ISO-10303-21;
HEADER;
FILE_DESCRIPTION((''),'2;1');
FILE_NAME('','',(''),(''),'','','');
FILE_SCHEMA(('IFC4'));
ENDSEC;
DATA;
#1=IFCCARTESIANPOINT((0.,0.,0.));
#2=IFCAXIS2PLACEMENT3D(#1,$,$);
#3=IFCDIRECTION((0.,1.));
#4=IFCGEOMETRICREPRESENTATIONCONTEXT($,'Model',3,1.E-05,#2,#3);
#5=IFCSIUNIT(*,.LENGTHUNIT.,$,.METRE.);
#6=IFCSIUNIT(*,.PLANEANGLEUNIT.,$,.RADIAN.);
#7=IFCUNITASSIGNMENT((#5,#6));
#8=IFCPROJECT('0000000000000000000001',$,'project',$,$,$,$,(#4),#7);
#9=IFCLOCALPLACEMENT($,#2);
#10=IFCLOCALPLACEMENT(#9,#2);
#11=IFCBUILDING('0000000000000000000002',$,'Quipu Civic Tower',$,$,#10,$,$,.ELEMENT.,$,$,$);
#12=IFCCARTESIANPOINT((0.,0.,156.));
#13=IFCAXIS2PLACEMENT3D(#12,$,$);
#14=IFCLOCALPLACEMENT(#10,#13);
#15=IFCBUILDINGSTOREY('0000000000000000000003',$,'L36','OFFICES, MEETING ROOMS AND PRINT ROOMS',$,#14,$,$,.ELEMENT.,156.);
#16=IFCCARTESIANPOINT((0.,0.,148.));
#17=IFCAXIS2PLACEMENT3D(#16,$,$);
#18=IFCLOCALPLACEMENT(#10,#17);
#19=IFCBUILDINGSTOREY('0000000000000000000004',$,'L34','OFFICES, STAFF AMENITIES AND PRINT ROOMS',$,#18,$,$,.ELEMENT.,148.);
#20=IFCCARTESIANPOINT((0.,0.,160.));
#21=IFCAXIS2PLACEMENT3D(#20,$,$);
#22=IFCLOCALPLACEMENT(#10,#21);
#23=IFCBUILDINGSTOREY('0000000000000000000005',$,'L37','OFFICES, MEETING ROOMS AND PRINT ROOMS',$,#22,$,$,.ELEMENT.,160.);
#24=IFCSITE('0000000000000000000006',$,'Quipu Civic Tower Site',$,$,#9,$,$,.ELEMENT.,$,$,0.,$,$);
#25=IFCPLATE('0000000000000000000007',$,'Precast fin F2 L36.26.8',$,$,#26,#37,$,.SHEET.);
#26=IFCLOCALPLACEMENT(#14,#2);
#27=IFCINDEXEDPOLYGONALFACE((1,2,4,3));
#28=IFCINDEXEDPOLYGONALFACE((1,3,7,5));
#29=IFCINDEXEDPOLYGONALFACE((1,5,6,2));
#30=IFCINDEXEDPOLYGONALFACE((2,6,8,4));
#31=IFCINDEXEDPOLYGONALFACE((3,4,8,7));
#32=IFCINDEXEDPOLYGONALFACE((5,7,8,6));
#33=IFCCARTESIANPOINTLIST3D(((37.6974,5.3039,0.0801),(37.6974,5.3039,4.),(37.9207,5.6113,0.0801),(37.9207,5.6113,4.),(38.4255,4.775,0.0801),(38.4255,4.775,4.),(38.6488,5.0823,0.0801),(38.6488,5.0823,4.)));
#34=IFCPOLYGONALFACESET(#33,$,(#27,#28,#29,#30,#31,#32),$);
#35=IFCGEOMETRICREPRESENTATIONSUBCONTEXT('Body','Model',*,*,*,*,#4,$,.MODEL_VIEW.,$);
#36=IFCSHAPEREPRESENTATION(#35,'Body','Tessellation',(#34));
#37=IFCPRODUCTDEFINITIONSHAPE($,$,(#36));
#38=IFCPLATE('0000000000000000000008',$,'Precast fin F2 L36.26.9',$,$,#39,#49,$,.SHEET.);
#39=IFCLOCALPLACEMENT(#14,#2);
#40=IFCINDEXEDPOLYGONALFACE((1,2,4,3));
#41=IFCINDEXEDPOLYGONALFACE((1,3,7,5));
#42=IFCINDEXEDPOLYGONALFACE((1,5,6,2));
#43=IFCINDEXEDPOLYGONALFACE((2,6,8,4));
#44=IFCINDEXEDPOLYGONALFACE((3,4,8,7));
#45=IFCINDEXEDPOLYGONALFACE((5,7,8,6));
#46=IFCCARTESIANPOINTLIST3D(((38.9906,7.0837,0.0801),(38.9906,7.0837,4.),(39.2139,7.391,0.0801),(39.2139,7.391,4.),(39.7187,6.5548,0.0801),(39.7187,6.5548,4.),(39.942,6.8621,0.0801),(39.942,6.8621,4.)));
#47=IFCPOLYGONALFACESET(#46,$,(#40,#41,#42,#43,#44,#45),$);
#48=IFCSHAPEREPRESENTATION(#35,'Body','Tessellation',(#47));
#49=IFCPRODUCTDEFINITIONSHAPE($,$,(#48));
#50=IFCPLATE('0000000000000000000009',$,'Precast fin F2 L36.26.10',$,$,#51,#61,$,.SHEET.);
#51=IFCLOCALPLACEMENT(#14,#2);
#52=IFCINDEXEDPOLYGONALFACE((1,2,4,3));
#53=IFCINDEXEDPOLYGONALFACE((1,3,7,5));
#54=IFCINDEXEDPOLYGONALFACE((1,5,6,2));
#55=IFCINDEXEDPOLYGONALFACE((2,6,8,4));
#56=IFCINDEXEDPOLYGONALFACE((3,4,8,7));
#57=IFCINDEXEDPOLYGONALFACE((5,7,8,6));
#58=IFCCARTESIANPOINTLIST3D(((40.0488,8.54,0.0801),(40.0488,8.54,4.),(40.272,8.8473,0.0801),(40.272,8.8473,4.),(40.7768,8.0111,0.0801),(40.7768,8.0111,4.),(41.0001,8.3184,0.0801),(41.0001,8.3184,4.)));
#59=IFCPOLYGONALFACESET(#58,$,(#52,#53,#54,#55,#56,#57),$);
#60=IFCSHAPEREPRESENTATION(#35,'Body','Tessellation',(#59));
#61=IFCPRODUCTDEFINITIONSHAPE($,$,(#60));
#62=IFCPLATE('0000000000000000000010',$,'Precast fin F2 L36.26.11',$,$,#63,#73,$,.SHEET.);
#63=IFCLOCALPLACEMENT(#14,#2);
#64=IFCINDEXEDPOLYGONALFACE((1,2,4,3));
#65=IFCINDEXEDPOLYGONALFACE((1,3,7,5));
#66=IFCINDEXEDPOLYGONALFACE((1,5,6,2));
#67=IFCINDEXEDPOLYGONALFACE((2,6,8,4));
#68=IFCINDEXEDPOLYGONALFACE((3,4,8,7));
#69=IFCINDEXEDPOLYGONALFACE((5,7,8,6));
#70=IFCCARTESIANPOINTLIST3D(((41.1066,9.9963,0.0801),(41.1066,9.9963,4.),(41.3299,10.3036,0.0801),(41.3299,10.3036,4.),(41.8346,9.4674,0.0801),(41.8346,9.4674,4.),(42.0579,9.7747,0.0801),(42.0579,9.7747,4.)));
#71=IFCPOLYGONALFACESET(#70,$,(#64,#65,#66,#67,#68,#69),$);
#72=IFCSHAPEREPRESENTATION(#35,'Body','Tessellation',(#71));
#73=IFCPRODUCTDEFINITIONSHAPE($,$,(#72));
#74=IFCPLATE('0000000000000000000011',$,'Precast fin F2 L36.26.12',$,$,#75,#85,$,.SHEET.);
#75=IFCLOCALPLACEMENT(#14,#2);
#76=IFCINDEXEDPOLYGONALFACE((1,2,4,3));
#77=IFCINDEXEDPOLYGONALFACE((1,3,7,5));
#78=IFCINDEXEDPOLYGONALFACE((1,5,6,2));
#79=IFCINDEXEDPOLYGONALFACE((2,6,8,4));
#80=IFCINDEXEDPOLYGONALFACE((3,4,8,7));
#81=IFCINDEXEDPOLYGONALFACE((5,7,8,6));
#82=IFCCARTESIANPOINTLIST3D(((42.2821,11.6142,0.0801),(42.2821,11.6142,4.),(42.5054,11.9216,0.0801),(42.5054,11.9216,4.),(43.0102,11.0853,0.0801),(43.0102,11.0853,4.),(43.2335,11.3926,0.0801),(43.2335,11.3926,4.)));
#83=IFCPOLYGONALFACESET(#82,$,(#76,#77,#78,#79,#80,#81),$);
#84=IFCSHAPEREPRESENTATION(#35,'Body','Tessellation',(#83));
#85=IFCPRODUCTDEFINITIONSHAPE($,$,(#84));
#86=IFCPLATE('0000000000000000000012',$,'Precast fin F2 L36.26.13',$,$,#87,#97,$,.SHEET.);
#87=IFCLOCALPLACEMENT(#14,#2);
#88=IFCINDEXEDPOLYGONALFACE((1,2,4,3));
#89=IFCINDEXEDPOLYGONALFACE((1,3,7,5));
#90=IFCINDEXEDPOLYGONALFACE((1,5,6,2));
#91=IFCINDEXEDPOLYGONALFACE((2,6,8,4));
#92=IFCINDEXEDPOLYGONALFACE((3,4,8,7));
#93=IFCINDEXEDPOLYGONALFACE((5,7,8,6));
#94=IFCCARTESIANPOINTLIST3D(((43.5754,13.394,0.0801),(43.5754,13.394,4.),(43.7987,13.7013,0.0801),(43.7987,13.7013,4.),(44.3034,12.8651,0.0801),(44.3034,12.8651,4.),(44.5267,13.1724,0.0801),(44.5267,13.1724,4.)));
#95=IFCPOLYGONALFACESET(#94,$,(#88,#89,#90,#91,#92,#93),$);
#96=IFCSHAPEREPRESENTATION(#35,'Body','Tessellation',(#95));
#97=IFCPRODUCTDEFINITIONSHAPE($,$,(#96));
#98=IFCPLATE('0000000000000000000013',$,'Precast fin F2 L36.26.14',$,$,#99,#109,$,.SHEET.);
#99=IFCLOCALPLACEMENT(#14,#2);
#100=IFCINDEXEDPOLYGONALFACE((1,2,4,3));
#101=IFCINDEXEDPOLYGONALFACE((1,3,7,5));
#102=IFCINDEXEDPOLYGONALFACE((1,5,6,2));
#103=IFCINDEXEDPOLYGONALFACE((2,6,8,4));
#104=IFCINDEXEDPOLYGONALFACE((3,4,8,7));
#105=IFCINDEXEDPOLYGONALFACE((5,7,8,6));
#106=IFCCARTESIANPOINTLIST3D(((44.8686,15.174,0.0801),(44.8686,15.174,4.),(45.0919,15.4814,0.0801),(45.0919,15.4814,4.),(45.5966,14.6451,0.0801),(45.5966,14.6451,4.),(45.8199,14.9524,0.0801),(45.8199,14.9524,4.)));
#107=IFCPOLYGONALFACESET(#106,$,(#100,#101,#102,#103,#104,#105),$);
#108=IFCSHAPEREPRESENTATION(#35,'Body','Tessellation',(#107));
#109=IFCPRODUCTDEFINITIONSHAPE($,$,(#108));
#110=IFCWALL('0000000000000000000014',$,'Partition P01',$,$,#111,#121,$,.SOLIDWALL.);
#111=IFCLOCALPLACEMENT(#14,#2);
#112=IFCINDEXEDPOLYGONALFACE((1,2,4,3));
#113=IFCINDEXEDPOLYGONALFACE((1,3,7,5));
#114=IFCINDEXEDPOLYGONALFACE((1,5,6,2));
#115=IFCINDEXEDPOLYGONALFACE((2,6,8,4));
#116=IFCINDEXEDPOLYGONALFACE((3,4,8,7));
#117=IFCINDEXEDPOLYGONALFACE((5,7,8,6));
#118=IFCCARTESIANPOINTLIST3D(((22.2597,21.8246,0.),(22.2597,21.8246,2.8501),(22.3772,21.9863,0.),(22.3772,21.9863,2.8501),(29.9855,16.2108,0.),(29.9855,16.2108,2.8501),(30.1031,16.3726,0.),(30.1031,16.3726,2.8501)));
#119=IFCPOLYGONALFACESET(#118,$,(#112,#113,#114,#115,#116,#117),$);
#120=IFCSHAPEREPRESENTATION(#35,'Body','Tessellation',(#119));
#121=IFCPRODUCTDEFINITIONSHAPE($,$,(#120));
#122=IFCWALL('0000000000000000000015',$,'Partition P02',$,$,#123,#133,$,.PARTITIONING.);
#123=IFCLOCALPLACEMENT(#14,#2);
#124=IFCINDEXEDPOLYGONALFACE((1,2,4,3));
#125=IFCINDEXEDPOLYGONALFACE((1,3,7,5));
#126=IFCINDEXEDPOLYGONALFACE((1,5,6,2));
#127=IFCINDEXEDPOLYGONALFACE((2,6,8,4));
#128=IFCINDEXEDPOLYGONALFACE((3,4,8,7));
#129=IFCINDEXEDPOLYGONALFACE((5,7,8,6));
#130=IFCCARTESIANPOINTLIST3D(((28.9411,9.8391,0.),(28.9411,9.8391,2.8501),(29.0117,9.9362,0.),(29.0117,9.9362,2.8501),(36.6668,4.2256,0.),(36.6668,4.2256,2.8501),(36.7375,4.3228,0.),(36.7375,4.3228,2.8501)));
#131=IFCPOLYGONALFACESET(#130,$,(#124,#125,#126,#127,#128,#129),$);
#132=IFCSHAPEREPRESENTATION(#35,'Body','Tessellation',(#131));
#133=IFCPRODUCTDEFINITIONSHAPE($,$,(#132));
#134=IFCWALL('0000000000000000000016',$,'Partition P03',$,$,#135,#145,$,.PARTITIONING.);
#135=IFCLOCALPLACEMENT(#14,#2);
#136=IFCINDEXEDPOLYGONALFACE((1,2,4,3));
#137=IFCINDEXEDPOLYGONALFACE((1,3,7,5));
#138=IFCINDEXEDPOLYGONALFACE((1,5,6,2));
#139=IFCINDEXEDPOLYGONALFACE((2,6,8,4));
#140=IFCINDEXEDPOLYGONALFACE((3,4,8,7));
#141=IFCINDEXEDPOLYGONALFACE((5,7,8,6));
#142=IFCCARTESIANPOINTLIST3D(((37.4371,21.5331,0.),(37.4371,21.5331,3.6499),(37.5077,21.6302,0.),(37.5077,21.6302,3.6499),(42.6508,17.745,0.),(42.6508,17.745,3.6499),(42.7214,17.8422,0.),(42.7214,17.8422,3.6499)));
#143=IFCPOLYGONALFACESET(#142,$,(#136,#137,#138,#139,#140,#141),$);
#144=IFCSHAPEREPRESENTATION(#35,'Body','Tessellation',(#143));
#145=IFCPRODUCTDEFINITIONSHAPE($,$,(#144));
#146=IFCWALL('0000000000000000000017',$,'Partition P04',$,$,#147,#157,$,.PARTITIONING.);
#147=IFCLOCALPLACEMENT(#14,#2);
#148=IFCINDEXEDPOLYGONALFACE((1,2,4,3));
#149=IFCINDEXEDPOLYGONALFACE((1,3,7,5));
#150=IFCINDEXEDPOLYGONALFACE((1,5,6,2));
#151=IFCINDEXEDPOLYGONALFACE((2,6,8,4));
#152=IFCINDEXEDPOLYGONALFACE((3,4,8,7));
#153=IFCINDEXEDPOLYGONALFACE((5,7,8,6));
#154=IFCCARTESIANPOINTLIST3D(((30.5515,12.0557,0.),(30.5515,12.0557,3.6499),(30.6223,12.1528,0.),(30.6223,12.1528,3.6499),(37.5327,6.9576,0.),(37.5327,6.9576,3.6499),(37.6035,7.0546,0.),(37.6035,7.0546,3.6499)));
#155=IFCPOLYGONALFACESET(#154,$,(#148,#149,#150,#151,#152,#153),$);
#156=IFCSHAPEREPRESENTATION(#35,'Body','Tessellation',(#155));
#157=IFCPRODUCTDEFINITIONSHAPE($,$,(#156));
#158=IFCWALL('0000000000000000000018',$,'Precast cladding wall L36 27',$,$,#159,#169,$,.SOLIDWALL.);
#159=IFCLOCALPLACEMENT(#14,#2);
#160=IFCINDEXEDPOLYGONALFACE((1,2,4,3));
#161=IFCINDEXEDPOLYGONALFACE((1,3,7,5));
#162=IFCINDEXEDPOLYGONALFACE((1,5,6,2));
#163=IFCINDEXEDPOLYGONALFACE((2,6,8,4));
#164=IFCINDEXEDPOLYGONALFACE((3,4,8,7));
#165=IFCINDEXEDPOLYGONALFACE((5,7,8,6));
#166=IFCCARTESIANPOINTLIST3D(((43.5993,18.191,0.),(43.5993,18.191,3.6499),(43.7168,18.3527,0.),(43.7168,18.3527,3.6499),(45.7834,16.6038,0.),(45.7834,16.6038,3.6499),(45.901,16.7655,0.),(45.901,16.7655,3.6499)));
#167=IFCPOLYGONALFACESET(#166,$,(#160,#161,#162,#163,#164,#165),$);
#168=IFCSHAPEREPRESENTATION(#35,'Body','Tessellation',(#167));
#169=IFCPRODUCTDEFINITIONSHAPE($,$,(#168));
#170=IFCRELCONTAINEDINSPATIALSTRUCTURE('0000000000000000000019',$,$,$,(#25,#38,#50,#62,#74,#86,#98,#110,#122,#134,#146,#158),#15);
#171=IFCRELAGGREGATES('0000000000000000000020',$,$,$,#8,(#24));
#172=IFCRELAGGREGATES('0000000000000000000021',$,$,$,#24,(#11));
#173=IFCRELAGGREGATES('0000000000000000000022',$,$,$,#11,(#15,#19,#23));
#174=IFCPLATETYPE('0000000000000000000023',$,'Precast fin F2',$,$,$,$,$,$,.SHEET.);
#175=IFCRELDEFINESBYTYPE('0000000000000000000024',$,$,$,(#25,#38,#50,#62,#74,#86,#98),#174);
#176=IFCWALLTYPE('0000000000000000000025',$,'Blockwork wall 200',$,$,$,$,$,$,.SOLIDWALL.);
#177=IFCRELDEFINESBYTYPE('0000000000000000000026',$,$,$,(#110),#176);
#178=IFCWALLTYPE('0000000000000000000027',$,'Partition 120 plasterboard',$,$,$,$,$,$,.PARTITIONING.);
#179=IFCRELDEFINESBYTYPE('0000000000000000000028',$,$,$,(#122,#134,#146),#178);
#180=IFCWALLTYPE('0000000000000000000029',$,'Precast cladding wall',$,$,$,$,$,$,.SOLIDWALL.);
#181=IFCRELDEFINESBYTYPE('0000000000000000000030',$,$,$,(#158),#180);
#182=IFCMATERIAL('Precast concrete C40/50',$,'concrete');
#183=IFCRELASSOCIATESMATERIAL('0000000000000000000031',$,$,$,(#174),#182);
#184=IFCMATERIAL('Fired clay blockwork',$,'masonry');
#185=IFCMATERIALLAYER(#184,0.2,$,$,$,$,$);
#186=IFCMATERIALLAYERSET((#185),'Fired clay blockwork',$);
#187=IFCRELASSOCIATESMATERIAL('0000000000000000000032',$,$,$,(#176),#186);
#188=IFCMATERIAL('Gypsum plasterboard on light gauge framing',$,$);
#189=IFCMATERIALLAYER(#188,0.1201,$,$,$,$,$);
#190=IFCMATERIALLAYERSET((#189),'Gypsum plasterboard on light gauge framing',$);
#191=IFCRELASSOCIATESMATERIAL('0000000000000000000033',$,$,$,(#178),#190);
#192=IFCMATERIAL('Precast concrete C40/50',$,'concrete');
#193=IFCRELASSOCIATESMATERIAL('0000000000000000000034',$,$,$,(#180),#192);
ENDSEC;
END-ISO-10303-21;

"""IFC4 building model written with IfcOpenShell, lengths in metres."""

from ifc_helpers import new_model, si_unit, direction, frame, frame_2d, origin, origin_2d, place, context, subcontext, project, spatial, rectangle, extrude, material, layer, layer_set, type_object, element, save


model = new_model("IFC4")

# Units and contexts
model_context = context("Model", 3, precision=1e-05, world=origin(), true_north=direction((0.0, 1.0)))
body_context = subcontext(model_context, "Body", "Model", "MODEL_VIEW")
ifc_project = project(units=[si_unit("LENGTHUNIT", "METRE"), si_unit("PLANEANGLEUNIT", "RADIAN")], contexts=[model_context])

# Site, building, storey
site_placement = place(None, origin())
site = spatial("IfcSite", under=ifc_project, at=site_placement, Name="Quipu Civic Tower Site", CompositionType="ELEMENT", RefElevation=0.0)
building_placement = place(site_placement, origin())
building = spatial("IfcBuilding", under=site, at=building_placement, Name="Quipu Civic Tower", CompositionType="ELEMENT")
storey_1_placement = place(building_placement, frame((0.0, 0.0, 156.0)))
storey_1 = spatial("IfcBuildingStorey", under=building, at=storey_1_placement, Name="L36", Description="OFFICES, MEETING ROOMS AND PRINT ROOMS", CompositionType="ELEMENT", Elevation=156.0)

# Shared definitions
storey_2_placement = place(building_placement, frame((0.0, 0.0, 148.0)))
storey_2 = spatial("IfcBuildingStorey", under=building, at=storey_2_placement, Name="L34", Description="OFFICES, STAFF AMENITIES AND PRINT ROOMS", CompositionType="ELEMENT", Elevation=148.0)

# Shared definitions
storey_3_placement = place(building_placement, frame((0.0, 0.0, 160.0)))
storey_3 = spatial("IfcBuildingStorey", under=building, at=storey_3_placement, Name="L37", Description="OFFICES, MEETING ROOMS AND PRINT ROOMS", CompositionType="ELEMENT", Elevation=160.0)

# Plates
ifc_material_1 = material(Name="Precast concrete C40/50", Category="concrete")
plate_type_1 = type_object("IfcPlateType", Name="Precast fin F2", PredefinedType="SHEET", material=ifc_material_1)
for number, where, z_axis, x_axis, name in (
    (1, (38.1731, 5.1931, 0.0801), (0.0, 0.0, 1.0), (0.587786, 0.809017, 0.0), "Precast fin F2 L36.26.8"),
    (2, (39.4663, 6.9729, 0.0801), (0.0, 0.0, 1.0), (0.587786, 0.809017, 0.0), "Precast fin F2 L36.26.9"),
    (3, (40.5244, 8.4292, 0.0801), (0.0, 0.0, 1.0), (0.587786, 0.809017, 0.0), "Precast fin F2 L36.26.10"),
    (4, (41.5823, 9.8855, 0.0801), (0.0, 0.0, 1.0), (0.587786, 0.809017, 0.0), "Precast fin F2 L36.26.11"),
    (5, (42.7578, 11.5034, 0.0801), (0.0, 0.0, 1.0), (0.587786, 0.809017, 0.0), "Precast fin F2 L36.26.12"),
    (6, (44.051, 13.2832, 0.0801), (0.0, 0.0, 1.0), (0.587786, 0.809017, 0.0), "Precast fin F2 L36.26.13"),
    (7, (45.3442, 15.0632, 0.0801), (0.0, 0.0, 1.0), (0.587786, 0.809017, 0.0), "Precast fin F2 L36.26.14"),
):
    element("IfcPlate", number, at=place(storey_1_placement, frame(where, z_axis=z_axis, x_axis=x_axis)), inside=storey_1, type_object=plate_type_1, Name=name, PredefinedType="SHEET", context=body_context, shape_type="SweptSolid", body=[
        extrude(rectangle(XDim=0.3799, YDim=0.8999, at=origin_2d()), origin(), (0.0, 0.0, 1.0), 3.9199),
    ])

# Walls
ifc_material_2 = material(Name="Fired clay blockwork", Category="masonry")
ifc_layer_1 = layer(ifc_material_2, 0.2)
ifc_layer_set_1 = layer_set([ifc_layer_1], Name="Fired clay blockwork")
wall_type_1 = type_object("IfcWallType", Name="Blockwork wall 200", PredefinedType="SOLIDWALL", material=ifc_layer_set_1)
wall_1_placement = place(storey_1_placement, frame((30.0442, 16.2917, 0.0), z_axis=(0.0, 0.0, 1.0), x_axis=(-0.808986, 0.587828, 0.0)))
element("IfcWall", 8, at=wall_1_placement, inside=storey_1, type_object=wall_type_1, Name="Partition P01", PredefinedType="SOLIDWALL", context=body_context, shape_type="SweptSolid", body=[
    extrude(rectangle(XDim=9.55, YDim=0.2, at=frame_2d((4.7749, 0.0))), origin(), (0.0, 0.0, 1.0), 2.8501),
])
ifc_material_3 = material(Name="Gypsum plasterboard on light gauge framing")
ifc_layer_2 = layer(ifc_material_3, 0.1201)
ifc_layer_set_2 = layer_set([ifc_layer_2], Name="Gypsum plasterboard on light gauge framing")
wall_type_2 = type_object("IfcWallType", Name="Partition 120 plasterboard", PredefinedType="PARTITIONING", material=ifc_layer_set_2)
wall_2_placement = place(storey_1_placement, frame((36.7021, 4.2742, 0.0), z_axis=(0.0, 0.0, 1.0), x_axis=(-0.808998, 0.587811, 0.0)))
element("IfcWall", 9, at=wall_2_placement, inside=storey_1, type_object=wall_type_2, Name="Partition P02", PredefinedType="PARTITIONING", context=body_context, shape_type="SweptSolid", body=[
    extrude(rectangle(XDim=9.5498, YDim=0.1201, at=frame_2d((4.7749, 0.0))), origin(), (0.0, 0.0, 1.0), 2.8501),
])
wall_3_placement = place(storey_1_placement, frame((42.686, 17.7937, 0.0), z_axis=(0.0, 0.0, 1.0), x_axis=(-0.809018, 0.587784, 0.0)))
element("IfcWall", 10, at=wall_3_placement, inside=storey_1, type_object=wall_type_2, Name="Partition P03", PredefinedType="PARTITIONING", context=body_context, shape_type="SweptSolid", body=[
    extrude(rectangle(XDim=6.4446, YDim=0.1201, at=frame_2d((3.2222, 0.0))), origin(), (0.0, 0.0, 1.0), 3.6499),
])
wall_4_placement = place(storey_1_placement, frame((30.5869, 12.1042, 0.0), z_axis=(0.0, 0.0, 1.0), x_axis=(0.807584, -0.589752, 0.0)))
element("IfcWall", 11, at=wall_4_placement, inside=storey_1, type_object=wall_type_2, Name="Partition P04", PredefinedType="PARTITIONING", context=body_context, shape_type="SweptSolid", body=[
    extrude(rectangle(XDim=8.6445, YDim=0.1201, at=frame_2d((4.3223, 0.0))), origin(), (0.0, 0.0, 1.0), 3.6499),
])
ifc_material_4 = material(Name="Precast concrete C40/50", Category="concrete")
wall_type_3 = type_object("IfcWallType", Name="Precast cladding wall", PredefinedType="SOLIDWALL", material=ifc_material_4)
wall_5_placement = place(storey_1_placement, frame((45.8423, 16.6846, 0.0), z_axis=(0.0, 0.0, 1.0), x_axis=(-0.808959, 0.587865, 0.0)))
element("IfcWall", 12, at=wall_5_placement, inside=storey_1, type_object=wall_type_3, Name="Precast cladding wall L36 27", PredefinedType="SOLIDWALL", context=body_context, shape_type="SweptSolid", body=[
    extrude(rectangle(XDim=2.7, YDim=0.2, at=frame_2d((1.3501, 0.0))), origin(), (0.0, 0.0, 1.0), 3.6499),
])

save(model, "model.ifc")
